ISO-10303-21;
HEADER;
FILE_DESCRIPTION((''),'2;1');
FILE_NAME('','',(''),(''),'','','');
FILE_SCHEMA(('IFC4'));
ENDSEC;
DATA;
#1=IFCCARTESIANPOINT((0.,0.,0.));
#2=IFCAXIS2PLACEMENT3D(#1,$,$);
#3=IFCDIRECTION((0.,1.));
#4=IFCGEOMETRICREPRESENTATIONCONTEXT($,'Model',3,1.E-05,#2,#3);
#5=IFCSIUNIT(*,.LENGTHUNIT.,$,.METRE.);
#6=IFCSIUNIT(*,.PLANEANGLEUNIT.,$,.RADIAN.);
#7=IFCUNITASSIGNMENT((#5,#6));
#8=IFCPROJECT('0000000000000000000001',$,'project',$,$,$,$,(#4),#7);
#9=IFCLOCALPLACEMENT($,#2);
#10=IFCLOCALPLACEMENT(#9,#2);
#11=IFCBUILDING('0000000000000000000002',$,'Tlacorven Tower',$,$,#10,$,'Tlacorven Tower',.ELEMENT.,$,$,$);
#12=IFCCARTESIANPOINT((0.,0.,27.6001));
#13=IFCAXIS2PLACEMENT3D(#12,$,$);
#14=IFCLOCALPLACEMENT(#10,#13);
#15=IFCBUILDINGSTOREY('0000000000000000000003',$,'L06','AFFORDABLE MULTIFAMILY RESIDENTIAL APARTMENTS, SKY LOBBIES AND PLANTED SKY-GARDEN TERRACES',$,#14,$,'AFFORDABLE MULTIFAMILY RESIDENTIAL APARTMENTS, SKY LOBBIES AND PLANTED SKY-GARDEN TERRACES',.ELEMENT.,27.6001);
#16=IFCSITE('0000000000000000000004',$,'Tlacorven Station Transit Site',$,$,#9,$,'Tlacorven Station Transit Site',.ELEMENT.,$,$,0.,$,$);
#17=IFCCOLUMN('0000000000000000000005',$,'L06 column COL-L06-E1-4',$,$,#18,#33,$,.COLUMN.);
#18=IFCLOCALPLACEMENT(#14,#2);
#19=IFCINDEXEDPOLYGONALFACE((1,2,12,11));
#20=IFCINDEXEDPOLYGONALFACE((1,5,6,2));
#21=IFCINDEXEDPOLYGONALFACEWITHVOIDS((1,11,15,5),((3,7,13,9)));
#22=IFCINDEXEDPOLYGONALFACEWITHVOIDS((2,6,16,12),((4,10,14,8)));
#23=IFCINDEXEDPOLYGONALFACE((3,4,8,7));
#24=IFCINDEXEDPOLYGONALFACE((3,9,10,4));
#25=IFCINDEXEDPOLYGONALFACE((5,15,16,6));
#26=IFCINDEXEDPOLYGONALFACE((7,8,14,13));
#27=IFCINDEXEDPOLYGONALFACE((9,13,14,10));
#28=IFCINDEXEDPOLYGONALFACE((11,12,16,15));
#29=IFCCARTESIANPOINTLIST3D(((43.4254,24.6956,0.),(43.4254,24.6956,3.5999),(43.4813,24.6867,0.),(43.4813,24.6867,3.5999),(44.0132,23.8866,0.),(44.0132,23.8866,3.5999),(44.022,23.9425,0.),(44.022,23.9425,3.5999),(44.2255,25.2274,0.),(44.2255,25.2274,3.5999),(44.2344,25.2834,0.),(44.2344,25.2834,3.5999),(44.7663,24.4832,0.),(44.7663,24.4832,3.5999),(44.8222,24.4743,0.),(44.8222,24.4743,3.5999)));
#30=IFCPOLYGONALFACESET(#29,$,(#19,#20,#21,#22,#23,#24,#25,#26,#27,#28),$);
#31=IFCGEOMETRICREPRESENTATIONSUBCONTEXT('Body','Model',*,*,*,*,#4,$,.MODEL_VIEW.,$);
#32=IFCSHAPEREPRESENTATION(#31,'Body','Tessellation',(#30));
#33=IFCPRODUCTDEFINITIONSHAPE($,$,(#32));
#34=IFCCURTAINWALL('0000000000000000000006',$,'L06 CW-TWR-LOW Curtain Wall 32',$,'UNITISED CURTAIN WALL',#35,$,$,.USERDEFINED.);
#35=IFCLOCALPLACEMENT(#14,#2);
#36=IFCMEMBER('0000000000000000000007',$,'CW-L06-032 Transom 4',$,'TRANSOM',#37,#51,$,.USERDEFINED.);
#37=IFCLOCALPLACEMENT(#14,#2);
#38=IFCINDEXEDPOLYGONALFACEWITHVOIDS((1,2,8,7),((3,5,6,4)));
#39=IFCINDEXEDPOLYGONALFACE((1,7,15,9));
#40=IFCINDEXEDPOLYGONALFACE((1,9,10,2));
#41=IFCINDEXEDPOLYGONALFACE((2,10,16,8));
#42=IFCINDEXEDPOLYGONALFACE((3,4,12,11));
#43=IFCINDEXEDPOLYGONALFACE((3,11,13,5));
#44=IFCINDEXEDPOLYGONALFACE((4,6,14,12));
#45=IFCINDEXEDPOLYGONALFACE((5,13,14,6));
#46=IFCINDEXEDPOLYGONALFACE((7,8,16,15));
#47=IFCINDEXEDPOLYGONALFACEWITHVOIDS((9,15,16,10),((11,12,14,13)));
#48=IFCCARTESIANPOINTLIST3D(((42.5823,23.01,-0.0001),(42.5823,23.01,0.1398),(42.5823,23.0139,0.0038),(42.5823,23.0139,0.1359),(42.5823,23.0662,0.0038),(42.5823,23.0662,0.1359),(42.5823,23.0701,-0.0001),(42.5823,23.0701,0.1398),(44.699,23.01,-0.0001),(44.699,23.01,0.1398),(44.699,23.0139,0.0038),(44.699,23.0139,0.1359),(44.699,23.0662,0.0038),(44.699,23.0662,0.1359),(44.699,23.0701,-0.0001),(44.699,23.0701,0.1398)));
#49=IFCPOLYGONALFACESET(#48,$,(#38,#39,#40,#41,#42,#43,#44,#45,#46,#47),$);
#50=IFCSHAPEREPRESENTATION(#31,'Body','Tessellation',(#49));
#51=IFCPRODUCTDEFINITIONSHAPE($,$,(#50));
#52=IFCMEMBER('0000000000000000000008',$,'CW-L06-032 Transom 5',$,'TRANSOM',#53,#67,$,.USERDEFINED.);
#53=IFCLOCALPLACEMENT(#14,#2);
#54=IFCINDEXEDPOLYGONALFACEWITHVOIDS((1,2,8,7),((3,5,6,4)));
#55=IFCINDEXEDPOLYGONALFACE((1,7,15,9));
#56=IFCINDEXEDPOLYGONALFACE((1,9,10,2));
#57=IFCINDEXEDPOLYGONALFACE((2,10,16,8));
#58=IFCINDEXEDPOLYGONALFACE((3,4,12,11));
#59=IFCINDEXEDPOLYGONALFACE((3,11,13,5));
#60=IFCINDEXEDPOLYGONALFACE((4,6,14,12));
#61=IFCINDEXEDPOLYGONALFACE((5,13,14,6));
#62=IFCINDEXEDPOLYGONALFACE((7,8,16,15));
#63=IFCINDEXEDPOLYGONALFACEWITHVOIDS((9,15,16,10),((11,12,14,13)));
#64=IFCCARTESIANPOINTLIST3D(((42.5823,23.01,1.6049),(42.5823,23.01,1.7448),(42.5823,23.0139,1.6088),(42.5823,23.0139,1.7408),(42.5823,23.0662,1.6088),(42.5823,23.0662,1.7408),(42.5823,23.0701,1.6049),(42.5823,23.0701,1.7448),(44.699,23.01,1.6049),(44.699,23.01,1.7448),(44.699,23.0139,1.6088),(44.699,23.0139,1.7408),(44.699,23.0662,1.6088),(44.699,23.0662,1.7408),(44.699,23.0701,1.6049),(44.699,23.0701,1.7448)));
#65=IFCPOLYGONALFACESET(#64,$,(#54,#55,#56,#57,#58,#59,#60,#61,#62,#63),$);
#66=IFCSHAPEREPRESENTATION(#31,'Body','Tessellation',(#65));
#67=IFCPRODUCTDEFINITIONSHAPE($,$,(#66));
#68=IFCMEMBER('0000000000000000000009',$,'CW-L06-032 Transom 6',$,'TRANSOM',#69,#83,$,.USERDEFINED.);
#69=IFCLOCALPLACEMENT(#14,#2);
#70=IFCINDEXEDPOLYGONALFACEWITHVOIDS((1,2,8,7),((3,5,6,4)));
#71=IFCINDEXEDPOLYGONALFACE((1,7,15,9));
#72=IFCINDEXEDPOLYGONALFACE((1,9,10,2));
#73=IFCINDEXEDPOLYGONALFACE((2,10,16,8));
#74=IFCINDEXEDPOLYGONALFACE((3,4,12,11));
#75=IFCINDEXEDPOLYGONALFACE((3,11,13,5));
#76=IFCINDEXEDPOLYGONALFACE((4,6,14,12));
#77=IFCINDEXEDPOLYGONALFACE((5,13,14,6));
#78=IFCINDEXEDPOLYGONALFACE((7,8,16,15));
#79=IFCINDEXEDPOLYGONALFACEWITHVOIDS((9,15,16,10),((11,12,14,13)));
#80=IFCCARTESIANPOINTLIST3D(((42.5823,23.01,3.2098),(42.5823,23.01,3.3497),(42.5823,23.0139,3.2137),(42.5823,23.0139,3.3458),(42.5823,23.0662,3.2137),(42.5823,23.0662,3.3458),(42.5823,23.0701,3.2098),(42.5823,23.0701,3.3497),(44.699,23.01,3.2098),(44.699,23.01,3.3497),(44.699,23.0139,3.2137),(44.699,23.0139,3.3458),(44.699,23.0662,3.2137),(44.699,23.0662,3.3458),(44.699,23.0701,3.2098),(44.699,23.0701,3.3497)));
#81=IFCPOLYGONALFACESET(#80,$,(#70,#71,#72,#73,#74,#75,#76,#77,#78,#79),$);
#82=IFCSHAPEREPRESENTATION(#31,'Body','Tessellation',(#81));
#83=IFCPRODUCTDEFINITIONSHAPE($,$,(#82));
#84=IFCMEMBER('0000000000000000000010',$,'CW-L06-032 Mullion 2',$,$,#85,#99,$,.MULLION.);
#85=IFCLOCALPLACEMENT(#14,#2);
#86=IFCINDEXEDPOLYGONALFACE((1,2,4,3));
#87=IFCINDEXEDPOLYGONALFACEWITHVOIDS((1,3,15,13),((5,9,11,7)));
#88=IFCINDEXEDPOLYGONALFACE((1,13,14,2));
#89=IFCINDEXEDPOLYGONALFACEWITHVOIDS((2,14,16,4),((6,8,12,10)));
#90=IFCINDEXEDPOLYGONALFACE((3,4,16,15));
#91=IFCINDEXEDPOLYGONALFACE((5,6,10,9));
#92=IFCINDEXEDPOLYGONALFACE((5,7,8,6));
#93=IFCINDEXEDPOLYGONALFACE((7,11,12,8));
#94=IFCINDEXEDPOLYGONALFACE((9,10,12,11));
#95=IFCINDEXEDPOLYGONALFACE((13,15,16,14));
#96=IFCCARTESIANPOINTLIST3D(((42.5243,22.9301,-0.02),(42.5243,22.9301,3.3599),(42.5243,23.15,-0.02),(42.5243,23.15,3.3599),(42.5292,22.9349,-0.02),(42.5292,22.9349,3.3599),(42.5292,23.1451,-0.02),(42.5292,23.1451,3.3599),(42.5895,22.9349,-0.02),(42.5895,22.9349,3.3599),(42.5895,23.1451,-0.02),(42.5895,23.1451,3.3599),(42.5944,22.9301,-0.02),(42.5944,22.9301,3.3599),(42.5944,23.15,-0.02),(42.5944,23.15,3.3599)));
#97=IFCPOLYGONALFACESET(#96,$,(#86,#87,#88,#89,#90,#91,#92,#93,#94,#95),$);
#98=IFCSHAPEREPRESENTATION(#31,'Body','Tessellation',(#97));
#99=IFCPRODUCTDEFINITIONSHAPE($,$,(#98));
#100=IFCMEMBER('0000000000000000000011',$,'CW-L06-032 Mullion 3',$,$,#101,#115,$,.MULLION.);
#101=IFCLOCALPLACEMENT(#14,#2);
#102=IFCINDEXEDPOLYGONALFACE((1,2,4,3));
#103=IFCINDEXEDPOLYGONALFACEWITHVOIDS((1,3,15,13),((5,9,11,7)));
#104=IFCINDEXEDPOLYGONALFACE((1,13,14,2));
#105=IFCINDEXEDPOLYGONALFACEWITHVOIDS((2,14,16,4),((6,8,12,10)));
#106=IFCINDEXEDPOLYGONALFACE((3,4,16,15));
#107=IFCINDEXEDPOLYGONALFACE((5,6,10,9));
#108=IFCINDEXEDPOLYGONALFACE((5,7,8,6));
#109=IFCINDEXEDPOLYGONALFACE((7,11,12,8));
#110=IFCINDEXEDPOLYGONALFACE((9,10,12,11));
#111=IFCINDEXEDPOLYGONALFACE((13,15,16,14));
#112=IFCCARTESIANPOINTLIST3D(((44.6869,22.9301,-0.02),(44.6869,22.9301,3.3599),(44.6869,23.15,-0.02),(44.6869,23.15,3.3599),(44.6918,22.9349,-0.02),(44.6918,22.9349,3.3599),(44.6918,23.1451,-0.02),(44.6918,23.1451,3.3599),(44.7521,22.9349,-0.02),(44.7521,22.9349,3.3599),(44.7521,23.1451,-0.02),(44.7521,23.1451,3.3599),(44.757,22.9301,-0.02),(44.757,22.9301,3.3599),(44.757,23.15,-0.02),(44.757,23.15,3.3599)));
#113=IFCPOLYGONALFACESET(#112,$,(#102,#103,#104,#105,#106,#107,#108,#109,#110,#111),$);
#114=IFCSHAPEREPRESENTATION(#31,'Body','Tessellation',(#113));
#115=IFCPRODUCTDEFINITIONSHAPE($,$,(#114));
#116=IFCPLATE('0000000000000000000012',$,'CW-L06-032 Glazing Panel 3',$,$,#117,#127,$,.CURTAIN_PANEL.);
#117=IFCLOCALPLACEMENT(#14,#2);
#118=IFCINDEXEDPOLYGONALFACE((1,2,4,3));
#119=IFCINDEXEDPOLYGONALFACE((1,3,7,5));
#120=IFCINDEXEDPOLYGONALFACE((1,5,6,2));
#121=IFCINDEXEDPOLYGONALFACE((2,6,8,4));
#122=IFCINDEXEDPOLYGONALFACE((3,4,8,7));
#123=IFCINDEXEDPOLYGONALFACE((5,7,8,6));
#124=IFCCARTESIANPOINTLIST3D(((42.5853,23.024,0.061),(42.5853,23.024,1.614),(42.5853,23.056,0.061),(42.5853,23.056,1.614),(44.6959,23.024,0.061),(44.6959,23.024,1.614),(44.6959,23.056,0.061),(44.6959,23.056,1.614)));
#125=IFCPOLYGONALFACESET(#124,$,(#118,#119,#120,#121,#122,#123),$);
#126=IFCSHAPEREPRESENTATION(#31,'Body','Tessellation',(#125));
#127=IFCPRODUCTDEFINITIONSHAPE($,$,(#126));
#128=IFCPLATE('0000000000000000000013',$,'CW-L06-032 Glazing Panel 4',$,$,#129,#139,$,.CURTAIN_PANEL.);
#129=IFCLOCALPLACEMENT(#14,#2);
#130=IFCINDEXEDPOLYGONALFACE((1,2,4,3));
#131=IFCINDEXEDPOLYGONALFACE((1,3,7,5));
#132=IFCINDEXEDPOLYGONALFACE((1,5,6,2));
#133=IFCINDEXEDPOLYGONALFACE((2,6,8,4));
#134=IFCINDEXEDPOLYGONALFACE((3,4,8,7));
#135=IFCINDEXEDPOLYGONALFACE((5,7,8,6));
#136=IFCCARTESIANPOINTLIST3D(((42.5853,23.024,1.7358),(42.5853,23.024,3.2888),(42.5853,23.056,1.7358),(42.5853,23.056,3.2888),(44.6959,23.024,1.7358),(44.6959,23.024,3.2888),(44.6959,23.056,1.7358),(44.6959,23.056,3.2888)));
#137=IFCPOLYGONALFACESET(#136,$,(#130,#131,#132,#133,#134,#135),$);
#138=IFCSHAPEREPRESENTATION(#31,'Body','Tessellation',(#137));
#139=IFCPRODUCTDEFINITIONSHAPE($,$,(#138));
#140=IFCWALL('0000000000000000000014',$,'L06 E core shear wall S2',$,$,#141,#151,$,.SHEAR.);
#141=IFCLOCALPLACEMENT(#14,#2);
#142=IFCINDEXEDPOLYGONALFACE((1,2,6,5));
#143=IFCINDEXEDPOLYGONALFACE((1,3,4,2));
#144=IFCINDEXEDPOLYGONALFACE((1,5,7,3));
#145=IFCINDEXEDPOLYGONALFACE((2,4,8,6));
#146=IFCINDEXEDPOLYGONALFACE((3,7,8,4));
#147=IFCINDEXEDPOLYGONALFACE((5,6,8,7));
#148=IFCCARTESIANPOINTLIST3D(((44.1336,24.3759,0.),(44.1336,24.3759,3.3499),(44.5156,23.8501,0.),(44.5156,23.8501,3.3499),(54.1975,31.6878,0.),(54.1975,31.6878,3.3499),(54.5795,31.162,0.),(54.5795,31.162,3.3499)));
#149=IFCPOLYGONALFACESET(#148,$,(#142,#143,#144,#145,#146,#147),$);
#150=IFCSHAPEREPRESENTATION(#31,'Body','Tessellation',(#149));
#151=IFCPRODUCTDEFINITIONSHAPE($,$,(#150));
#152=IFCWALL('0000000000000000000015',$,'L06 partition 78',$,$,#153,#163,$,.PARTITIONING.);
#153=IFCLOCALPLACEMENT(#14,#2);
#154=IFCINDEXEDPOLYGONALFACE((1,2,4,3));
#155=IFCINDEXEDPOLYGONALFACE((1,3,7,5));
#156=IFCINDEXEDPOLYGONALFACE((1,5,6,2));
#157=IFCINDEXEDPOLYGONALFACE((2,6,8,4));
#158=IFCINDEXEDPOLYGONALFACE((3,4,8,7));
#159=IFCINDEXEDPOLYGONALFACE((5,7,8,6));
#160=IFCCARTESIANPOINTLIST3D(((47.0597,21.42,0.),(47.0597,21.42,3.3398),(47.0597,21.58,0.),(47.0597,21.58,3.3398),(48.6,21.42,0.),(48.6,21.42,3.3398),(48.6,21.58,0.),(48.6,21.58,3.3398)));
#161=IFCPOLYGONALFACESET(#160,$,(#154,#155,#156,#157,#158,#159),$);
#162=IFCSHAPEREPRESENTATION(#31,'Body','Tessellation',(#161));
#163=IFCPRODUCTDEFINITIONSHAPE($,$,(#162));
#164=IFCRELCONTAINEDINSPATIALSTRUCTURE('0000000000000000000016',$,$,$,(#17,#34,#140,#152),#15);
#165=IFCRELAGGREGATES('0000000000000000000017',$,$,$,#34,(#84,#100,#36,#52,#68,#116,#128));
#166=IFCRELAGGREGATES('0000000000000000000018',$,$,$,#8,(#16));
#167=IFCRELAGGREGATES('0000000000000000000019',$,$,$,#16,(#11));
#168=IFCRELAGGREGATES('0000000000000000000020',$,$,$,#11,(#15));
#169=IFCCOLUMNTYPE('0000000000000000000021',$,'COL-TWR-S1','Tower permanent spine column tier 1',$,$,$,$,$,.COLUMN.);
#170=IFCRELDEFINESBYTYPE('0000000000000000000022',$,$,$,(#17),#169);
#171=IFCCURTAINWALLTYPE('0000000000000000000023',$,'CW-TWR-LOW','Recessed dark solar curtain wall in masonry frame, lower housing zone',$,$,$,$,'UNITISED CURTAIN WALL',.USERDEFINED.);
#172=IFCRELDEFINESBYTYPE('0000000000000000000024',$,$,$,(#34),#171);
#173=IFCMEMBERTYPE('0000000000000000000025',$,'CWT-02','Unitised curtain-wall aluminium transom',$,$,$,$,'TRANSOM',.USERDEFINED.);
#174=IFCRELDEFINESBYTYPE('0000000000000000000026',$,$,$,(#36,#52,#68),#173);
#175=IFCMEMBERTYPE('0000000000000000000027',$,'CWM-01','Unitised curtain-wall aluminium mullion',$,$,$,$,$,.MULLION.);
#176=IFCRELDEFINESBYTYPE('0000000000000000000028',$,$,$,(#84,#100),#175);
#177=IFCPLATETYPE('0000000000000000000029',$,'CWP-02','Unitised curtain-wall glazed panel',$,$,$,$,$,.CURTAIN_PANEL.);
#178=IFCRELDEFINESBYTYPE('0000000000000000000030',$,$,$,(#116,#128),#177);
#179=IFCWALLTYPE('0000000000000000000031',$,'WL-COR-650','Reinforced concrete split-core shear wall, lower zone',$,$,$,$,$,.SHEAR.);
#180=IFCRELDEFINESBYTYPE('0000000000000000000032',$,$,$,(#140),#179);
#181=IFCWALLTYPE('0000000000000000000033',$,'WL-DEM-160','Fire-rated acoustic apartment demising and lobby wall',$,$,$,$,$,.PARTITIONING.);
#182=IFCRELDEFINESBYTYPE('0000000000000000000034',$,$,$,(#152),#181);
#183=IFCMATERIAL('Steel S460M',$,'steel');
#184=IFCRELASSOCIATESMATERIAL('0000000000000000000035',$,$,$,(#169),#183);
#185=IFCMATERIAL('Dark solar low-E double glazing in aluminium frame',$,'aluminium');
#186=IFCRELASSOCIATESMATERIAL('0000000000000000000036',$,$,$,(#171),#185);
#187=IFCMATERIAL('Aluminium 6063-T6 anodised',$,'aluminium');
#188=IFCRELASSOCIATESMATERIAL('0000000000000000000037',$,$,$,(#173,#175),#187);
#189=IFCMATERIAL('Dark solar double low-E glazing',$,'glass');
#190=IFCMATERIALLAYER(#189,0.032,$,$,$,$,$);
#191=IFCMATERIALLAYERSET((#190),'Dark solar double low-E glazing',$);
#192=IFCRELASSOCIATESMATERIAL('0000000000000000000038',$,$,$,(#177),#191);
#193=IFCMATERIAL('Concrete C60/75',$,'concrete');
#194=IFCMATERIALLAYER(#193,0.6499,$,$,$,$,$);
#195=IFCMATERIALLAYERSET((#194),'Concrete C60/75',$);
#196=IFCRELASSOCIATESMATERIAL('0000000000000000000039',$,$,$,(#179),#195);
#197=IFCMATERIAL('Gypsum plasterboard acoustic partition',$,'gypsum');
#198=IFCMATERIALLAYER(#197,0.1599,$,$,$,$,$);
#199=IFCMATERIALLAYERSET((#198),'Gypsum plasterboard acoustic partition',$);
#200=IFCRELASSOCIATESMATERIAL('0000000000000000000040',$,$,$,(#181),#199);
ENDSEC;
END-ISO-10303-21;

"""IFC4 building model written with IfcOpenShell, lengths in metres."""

from ifc_helpers import new_model, si_unit, direction, frame, frame_2d, origin, origin_2d, place, context, subcontext, project, spatial, rectangle, hollow_rectangle, extrude, source, transform, mapped, material, layer, layer_set, material_profile, profile_set, type_object, element, aggregate, save


model = new_model("IFC4")

# Units and contexts
model_context = context("Model", 3, precision=1e-05, world=origin(), true_north=direction((0.0, 1.0)))
body_context = subcontext(model_context, "Body", "Model", "MODEL_VIEW")
ifc_project = project(units=[si_unit("LENGTHUNIT", "METRE"), si_unit("PLANEANGLEUNIT", "RADIAN")], contexts=[model_context])

# Site, building, storey
site_placement = place(None, origin())
site = spatial("IfcSite", under=ifc_project, at=site_placement, Name="Tlacorven Station Transit Site", LongName="Tlacorven Station Transit Site", CompositionType="ELEMENT", RefElevation=0.0)
building_placement = place(site_placement, origin())
building = spatial("IfcBuilding", under=site, at=building_placement, Name="Tlacorven Tower", LongName="Tlacorven Tower", CompositionType="ELEMENT")
storey_placement = place(building_placement, frame((0.0, 0.0, 27.6001)))
storey = spatial("IfcBuildingStorey", under=building, at=storey_placement, Name="L06", Description="AFFORDABLE MULTIFAMILY RESIDENTIAL APARTMENTS, SKY LOBBIES AND PLANTED SKY-GARDEN TERRACES", LongName="AFFORDABLE MULTIFAMILY RESIDENTIAL APARTMENTS, SKY LOBBIES AND PLANTED SKY-GARDEN TERRACES", CompositionType="ELEMENT", Elevation=27.6001)

# Column
ifc_material_1 = material(Name="Steel S460M", Category="steel")
ifc_material_profile_1 = material_profile(ifc_material_1, hollow_rectangle(XDim=1.0, YDim=1.0, WallThickness=0.04, at=origin_2d()), Name="BOX 1000X1000X40")
ifc_profile_set_1 = profile_set([ifc_material_profile_1], Name="Steel S460M")
column_type = type_object("IfcColumnType", Name="COL-TWR-S1", Description="Tower permanent spine column tier 1", PredefinedType="COLUMN", material=ifc_profile_set_1)
shared_shape_1 = source(origin(), body_context, "Body", "SweptSolid", [
    extrude(hollow_rectangle(XDim=1.0, YDim=1.0, WallThickness=0.04, at=origin_2d()), origin(), (0.0, 0.0, 1.0), 3.5999),
])
column_placement = place(storey_placement, frame((44.1238, 24.585, 0.0), z_axis=(0.0, 0.0, 1.0), x_axis=(0.809017, 0.587785, 0.0)))
element("IfcColumn", 1, at=column_placement, inside=storey, type_object=column_type, Name="L06 column COL-L06-E1-4", PredefinedType="COLUMN", context=body_context, shape_type="MappedRepresentation", body=[
    mapped(shared_shape_1, transform((0.0, 0.0, 0.0), scale=1.0)),
])

# Curtain wall, members, plates
ifc_material_2 = material(Name="Dark solar low-E double glazing in aluminium frame", Category="aluminium")
curtain_wall_type = type_object("IfcCurtainWallType", Name="CW-TWR-LOW", Description="Recessed dark solar curtain wall in masonry frame, lower housing zone", ElementType="UNITISED CURTAIN WALL", PredefinedType="USERDEFINED", material=ifc_material_2)
curtain_wall_placement = place(storey_placement, origin())
curtain_wall = element("IfcCurtainWall", 2, at=curtain_wall_placement, inside=storey, type_object=curtain_wall_type, Name="L06 CW-TWR-LOW Curtain Wall 32", ObjectType="UNITISED CURTAIN WALL", PredefinedType="USERDEFINED")
ifc_material_3 = material(Name="Aluminium 6063-T6 anodised", Category="aluminium")
ifc_material_profile_2 = material_profile(ifc_material_3, hollow_rectangle(XDim=0.0601, YDim=0.1399, WallThickness=0.0039, at=origin_2d()), Name="ALU TRANSOM 60X140")
ifc_profile_set_2 = profile_set([ifc_material_profile_2], Name="Aluminium 6063-T6 anodised")
member_type_1 = type_object("IfcMemberType", Name="CWT-02", Description="Unitised curtain-wall aluminium transom", ElementType="TRANSOM", PredefinedType="USERDEFINED", material=ifc_profile_set_2)
shared_shape_2 = source(origin(), body_context, "Body", "SweptSolid", [
    extrude(hollow_rectangle(XDim=0.0601, YDim=0.1399, WallThickness=0.0039, at=origin_2d()), origin(), (0.0, 0.0, 1.0), 2.1167),
])
member_1_placement = place(storey_placement, frame((42.5823, 23.04, 0.0698), z_axis=(1.0, 0.0, 0.0), x_axis=(0.0, 1.0, 0.0)))
member_1 = element("IfcMember", 3, at=member_1_placement, type_object=member_type_1, Name="CW-L06-032 Transom 4", ObjectType="TRANSOM", PredefinedType="USERDEFINED", context=body_context, shape_type="MappedRepresentation", body=[
    mapped(shared_shape_2, transform((0.0, 0.0, 0.0), scale=1.0)),
])
member_2_placement = place(storey_placement, frame((42.5823, 23.04, 1.6748), z_axis=(1.0, 0.0, 0.0), x_axis=(0.0, 1.0, 0.0)))
member_2 = element("IfcMember", 4, at=member_2_placement, type_object=member_type_1, Name="CW-L06-032 Transom 5", ObjectType="TRANSOM", PredefinedType="USERDEFINED", context=body_context, shape_type="MappedRepresentation", body=[
    mapped(shared_shape_2, transform((0.0, 0.0, 0.0), scale=1.0)),
])
member_3_placement = place(storey_placement, frame((42.5823, 23.04, 3.2798), z_axis=(1.0, 0.0, 0.0), x_axis=(0.0, 1.0, 0.0)))
member_3 = element("IfcMember", 5, at=member_3_placement, type_object=member_type_1, Name="CW-L06-032 Transom 6", ObjectType="TRANSOM", PredefinedType="USERDEFINED", context=body_context, shape_type="MappedRepresentation", body=[
    mapped(shared_shape_2, transform((0.0, 0.0, 0.0), scale=1.0)),
])
ifc_material_profile_3 = material_profile(ifc_material_3, hollow_rectangle(XDim=0.0701, YDim=0.22, WallThickness=0.0049, at=origin_2d()), Name="ALU MULLION 70X220")
ifc_profile_set_3 = profile_set([ifc_material_profile_3], Name="Aluminium 6063-T6 anodised")
member_type_2 = type_object("IfcMemberType", Name="CWM-01", Description="Unitised curtain-wall aluminium mullion", PredefinedType="MULLION", material=ifc_profile_set_3)
shared_shape_3 = source(origin(), body_context, "Body", "SweptSolid", [
    extrude(hollow_rectangle(XDim=0.0701, YDim=0.22, WallThickness=0.0049, at=origin_2d()), origin(), (0.0, 0.0, 1.0), 3.3799),
])
member_4_placement = place(storey_placement, frame((42.5593, 23.04, -0.02), z_axis=(0.0, 0.0, 1.0), x_axis=(1.0, 0.0, 0.0)))
member_4 = element("IfcMember", 6, at=member_4_placement, type_object=member_type_2, Name="CW-L06-032 Mullion 2", PredefinedType="MULLION", context=body_context, shape_type="MappedRepresentation", body=[
    mapped(shared_shape_3, transform((0.0, 0.0, 0.0), scale=1.0)),
])
member_5_placement = place(storey_placement, frame((44.7219, 23.04, -0.02), z_axis=(0.0, 0.0, 1.0), x_axis=(1.0, 0.0, 0.0)))
member_5 = element("IfcMember", 7, at=member_5_placement, type_object=member_type_2, Name="CW-L06-032 Mullion 3", PredefinedType="MULLION", context=body_context, shape_type="MappedRepresentation", body=[
    mapped(shared_shape_3, transform((0.0, 0.0, 0.0), scale=1.0)),
])
ifc_material_4 = material(Name="Dark solar double low-E glazing", Category="glass")
ifc_layer_1 = layer(ifc_material_4, 0.032)
ifc_layer_set_1 = layer_set([ifc_layer_1], Name="Dark solar double low-E glazing")
plate_type = type_object("IfcPlateType", Name="CWP-02", Description="Unitised curtain-wall glazed panel", PredefinedType="CURTAIN_PANEL", material=ifc_layer_set_1)
shared_shape_4 = source(origin(), body_context, "Body", "SweptSolid", [
    extrude(rectangle(XDim=2.1106, YDim=0.032, at=origin_2d()), origin(), (0.0, 0.0, 1.0), 1.553),
])
plate_1_placement = place(storey_placement, frame((43.6406, 23.04, 0.061), z_axis=(0.0, 0.0, 1.0), x_axis=(1.0, 0.0, 0.0)))
plate_1 = element("IfcPlate", 8, at=plate_1_placement, type_object=plate_type, Name="CW-L06-032 Glazing Panel 3", PredefinedType="CURTAIN_PANEL", context=body_context, shape_type="MappedRepresentation", body=[
    mapped(shared_shape_4, transform((0.0, 0.0, 0.0), scale=1.0)),
])
plate_2_placement = place(storey_placement, frame((43.6406, 23.04, 1.7358), z_axis=(0.0, 0.0, 1.0), x_axis=(1.0, 0.0, 0.0)))
plate_2 = element("IfcPlate", 9, at=plate_2_placement, type_object=plate_type, Name="CW-L06-032 Glazing Panel 4", PredefinedType="CURTAIN_PANEL", context=body_context, shape_type="MappedRepresentation", body=[
    mapped(shared_shape_4, transform((0.0, 0.0, 0.0), scale=1.0)),
])
aggregate(curtain_wall, [member_4, member_5, member_1, member_2, member_3, plate_1, plate_2])

# Walls
ifc_material_5 = material(Name="Concrete C60/75", Category="concrete")
ifc_layer_2 = layer(ifc_material_5, 0.6499)
ifc_layer_set_2 = layer_set([ifc_layer_2], Name="Concrete C60/75")
wall_type_1 = type_object("IfcWallType", Name="WL-COR-650", Description="Reinforced concrete split-core shear wall, lower zone", PredefinedType="SHEAR", material=ifc_layer_set_2)
wall_1_placement = place(storey_placement, frame((44.3247, 24.113, 0.0), z_axis=(0.0, 0.0, 1.0), x_axis=(0.809013, 0.587791, 0.0)))
element("IfcWall", 10, at=wall_1_placement, inside=storey, type_object=wall_type_1, Name="L06 E core shear wall S2", PredefinedType="SHEAR", context=body_context, shape_type="SweptSolid", body=[
    extrude(rectangle(XDim=12.4397, YDim=0.6499, at=frame_2d((6.2197, 0.0))), origin(), (0.0, 0.0, 1.0), 3.3499),
])
ifc_material_6 = material(Name="Gypsum plasterboard acoustic partition", Category="gypsum")
ifc_layer_3 = layer(ifc_material_6, 0.1599)
ifc_layer_set_3 = layer_set([ifc_layer_3], Name="Gypsum plasterboard acoustic partition")
wall_type_2 = type_object("IfcWallType", Name="WL-DEM-160", Description="Fire-rated acoustic apartment demising and lobby wall", PredefinedType="PARTITIONING", material=ifc_layer_set_3)
wall_2_placement = place(storey_placement, frame((47.0598, 21.5, 0.0), z_axis=(0.0, 0.0, 1.0), x_axis=(1.0, 0.0, 0.0)))
element("IfcWall", 11, at=wall_2_placement, inside=storey, type_object=wall_type_2, Name="L06 partition 78", PredefinedType="PARTITIONING", context=body_context, shape_type="SweptSolid", body=[
    extrude(rectangle(XDim=1.5403, YDim=0.1599, at=frame_2d((0.77, 0.0))), origin(), (0.0, 0.0, 1.0), 3.3398),
])

save(model, "model.ifc")
